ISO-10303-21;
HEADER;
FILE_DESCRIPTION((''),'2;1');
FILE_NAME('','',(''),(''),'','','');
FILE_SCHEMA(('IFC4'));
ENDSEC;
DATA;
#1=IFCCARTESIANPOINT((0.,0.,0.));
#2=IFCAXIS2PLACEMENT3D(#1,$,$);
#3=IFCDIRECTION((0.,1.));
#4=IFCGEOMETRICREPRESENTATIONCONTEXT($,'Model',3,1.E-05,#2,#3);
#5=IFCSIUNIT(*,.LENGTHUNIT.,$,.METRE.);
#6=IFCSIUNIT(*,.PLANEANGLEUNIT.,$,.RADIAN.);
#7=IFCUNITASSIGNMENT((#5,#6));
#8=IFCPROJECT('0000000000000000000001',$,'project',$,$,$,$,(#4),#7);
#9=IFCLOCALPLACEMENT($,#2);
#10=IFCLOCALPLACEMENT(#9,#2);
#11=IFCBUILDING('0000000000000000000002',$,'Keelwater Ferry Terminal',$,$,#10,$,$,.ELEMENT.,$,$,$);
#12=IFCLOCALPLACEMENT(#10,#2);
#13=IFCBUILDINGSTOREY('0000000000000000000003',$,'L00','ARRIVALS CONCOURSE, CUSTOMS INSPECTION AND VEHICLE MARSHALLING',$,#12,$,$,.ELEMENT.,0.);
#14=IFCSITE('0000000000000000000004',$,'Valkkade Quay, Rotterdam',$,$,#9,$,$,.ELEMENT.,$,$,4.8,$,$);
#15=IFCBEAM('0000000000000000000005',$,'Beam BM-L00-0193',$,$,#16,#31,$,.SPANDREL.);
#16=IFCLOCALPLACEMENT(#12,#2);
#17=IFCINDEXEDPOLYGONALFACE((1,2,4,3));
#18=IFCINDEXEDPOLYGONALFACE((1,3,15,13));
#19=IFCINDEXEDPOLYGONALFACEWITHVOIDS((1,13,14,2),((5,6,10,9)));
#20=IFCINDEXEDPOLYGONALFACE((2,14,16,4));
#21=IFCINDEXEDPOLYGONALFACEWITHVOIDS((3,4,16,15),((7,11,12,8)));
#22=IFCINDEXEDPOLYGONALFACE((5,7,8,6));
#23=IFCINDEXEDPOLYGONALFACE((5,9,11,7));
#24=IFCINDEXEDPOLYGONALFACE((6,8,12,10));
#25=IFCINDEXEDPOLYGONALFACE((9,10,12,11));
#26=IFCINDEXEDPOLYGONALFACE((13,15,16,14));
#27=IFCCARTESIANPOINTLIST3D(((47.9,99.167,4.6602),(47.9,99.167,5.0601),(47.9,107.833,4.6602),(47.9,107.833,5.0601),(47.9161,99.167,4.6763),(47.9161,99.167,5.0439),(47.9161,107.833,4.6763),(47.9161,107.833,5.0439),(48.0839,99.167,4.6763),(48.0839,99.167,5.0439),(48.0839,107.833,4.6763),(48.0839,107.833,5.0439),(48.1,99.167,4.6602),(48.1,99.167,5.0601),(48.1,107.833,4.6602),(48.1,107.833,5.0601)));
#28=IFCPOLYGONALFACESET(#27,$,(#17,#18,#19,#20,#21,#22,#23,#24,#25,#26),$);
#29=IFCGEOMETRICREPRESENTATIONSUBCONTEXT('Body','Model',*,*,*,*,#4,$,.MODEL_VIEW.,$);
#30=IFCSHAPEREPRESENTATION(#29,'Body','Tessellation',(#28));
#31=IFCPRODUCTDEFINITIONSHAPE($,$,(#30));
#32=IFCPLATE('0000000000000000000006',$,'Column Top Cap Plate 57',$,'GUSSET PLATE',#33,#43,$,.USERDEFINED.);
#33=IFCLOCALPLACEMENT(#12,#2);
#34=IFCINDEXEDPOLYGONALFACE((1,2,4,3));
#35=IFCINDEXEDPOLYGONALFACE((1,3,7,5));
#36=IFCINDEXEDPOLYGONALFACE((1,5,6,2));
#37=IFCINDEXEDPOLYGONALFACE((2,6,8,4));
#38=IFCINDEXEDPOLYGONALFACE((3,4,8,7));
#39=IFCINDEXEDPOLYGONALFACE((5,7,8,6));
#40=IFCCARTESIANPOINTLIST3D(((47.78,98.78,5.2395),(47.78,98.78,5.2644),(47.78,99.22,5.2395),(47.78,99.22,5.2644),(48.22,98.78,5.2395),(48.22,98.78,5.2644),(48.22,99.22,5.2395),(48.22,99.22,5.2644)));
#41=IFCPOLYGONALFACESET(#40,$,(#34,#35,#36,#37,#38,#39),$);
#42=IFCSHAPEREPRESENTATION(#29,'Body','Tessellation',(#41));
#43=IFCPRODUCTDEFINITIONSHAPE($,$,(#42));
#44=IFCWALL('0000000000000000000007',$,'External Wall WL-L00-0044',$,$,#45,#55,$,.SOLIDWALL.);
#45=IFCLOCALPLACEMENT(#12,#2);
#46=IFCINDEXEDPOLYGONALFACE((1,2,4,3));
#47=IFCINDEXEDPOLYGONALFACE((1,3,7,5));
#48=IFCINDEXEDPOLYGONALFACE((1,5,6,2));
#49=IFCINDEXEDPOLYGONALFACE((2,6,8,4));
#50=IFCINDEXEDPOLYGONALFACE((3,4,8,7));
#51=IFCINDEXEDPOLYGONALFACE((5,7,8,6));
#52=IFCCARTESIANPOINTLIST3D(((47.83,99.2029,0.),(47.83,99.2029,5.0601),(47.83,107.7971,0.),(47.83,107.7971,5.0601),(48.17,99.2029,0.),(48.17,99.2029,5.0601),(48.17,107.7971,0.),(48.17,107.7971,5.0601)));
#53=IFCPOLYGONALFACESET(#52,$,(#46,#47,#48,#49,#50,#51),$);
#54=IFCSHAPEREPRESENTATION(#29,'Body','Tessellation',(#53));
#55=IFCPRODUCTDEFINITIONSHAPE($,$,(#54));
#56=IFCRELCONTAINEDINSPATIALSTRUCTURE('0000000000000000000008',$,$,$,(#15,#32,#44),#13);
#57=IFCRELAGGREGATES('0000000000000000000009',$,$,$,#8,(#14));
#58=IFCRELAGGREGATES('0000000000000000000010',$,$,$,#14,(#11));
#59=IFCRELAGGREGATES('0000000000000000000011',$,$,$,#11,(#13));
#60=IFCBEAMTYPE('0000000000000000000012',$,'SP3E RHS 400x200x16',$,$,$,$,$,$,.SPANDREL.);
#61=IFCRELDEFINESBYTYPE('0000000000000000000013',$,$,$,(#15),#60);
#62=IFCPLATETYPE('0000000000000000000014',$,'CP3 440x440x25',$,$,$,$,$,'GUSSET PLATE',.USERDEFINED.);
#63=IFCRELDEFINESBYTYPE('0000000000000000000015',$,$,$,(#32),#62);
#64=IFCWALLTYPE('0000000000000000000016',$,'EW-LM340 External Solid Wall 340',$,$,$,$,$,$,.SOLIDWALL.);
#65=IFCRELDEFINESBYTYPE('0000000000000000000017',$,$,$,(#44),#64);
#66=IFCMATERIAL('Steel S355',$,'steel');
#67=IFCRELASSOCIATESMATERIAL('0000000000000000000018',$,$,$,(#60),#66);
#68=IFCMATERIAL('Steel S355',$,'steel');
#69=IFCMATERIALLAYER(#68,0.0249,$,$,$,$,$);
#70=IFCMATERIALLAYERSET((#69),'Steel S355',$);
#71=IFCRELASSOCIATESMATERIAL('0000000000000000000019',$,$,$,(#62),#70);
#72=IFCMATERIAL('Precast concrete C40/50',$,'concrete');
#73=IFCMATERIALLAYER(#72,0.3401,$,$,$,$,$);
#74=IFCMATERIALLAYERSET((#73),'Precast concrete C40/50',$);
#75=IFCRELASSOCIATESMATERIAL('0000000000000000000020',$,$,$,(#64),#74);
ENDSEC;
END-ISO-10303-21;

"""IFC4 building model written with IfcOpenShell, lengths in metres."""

from ifc_helpers import new_model, si_unit, direction, frame, frame_2d, origin, origin_2d, place, context, subcontext, project, spatial, rectangle, hollow_rectangle, extrude, material, layer, layer_set, material_profile, profile_set, type_object, element, save


model = new_model("IFC4")

# Units and contexts
model_context = context("Model", 3, precision=1e-05, world=origin(), true_north=direction((0.0, 1.0)))
body_context = subcontext(model_context, "Body", "Model", "MODEL_VIEW")
ifc_project = project(units=[si_unit("LENGTHUNIT", "METRE"), si_unit("PLANEANGLEUNIT", "RADIAN")], contexts=[model_context])

# Site, building, storey
site_placement = place(None, origin())
site = spatial("IfcSite", under=ifc_project, at=site_placement, Name="Valkkade Quay, Rotterdam", CompositionType="ELEMENT", RefElevation=4.8)
building_placement = place(site_placement, origin())
building = spatial("IfcBuilding", under=site, at=building_placement, Name="Keelwater Ferry Terminal", CompositionType="ELEMENT")
storey_placement = place(building_placement, origin())
storey = spatial("IfcBuildingStorey", under=building, at=storey_placement, Name="L00", Description="ARRIVALS CONCOURSE, CUSTOMS INSPECTION AND VEHICLE MARSHALLING", CompositionType="ELEMENT", Elevation=0.0)

# Beam
ifc_material_1 = material(Name="Steel S355", Category="steel")
ifc_material_profile_1 = material_profile(ifc_material_1, hollow_rectangle(XDim=0.2, YDim=0.3999, WallThickness=0.0161, at=origin_2d()), Name="RHS 400x200x16")
ifc_profile_set_1 = profile_set([ifc_material_profile_1], Name="Steel S355")
beam_type_1 = type_object("IfcBeamType", Name="SP3E RHS 400x200x16", PredefinedType="SPANDREL", material=ifc_profile_set_1)
beam_1_placement = place(storey_placement, frame((48.0, 99.167, 4.8601), z_axis=(0.0, 1.0, 0.0), x_axis=(-1.0, 0.0, 0.0)))
element("IfcBeam", 1, at=beam_1_placement, inside=storey, type_object=beam_type_1, Name="Beam BM-L00-0193", PredefinedType="SPANDREL", context=body_context, shape_type="SweptSolid", body=[
    extrude(hollow_rectangle(XDim=0.2, YDim=0.3999, WallThickness=0.0161, at=origin_2d()), origin(), (0.0, 0.0, 1.0), 8.666),
])

# Plate
ifc_material_2 = material(Name="Steel S355", Category="steel")
ifc_layer_1 = layer(ifc_material_2, 0.0249)
ifc_layer_set_1 = layer_set([ifc_layer_1], Name="Steel S355")
plate_type = type_object("IfcPlateType", Name="CP3 440x440x25", ElementType="GUSSET PLATE", PredefinedType="USERDEFINED", material=ifc_layer_set_1)
plate_placement = place(storey_placement, frame((48.0, 99.0, 5.2395), z_axis=(0.0, 0.0, 1.0), x_axis=(1.0, 0.0, 0.0)))
element("IfcPlate", 2, at=plate_placement, inside=storey, type_object=plate_type, Name="Column Top Cap Plate 57", ObjectType="GUSSET PLATE", PredefinedType="USERDEFINED", context=body_context, shape_type="SweptSolid", body=[
    extrude(rectangle(XDim=0.4399, YDim=0.4399, at=origin_2d()), origin(), (0.0, 0.0, 1.0), 0.0249),
])

# Wall
ifc_material_3 = material(Name="Precast concrete C40/50", Category="concrete")
ifc_layer_2 = layer(ifc_material_3, 0.3401)
ifc_layer_set_2 = layer_set([ifc_layer_2], Name="Precast concrete C40/50")
wall_type = type_object("IfcWallType", Name="EW-LM340 External Solid Wall 340", PredefinedType="SOLIDWALL", material=ifc_layer_set_2)
wall_placement = place(storey_placement, frame((48.0, 99.2029, 0.0), z_axis=(0.0, 0.0, 1.0), x_axis=(0.0, 1.0, 0.0)))
element("IfcWall", 3, at=wall_placement, inside=storey, type_object=wall_type, Name="External Wall WL-L00-0044", PredefinedType="SOLIDWALL", context=body_context, shape_type="SweptSolid", body=[
    extrude(rectangle(XDim=8.5942, YDim=0.3401, at=frame_2d((4.2971, 0.0))), origin(), (0.0, 0.0, 1.0), 5.0601),
])

save(model, "model.ifc")
